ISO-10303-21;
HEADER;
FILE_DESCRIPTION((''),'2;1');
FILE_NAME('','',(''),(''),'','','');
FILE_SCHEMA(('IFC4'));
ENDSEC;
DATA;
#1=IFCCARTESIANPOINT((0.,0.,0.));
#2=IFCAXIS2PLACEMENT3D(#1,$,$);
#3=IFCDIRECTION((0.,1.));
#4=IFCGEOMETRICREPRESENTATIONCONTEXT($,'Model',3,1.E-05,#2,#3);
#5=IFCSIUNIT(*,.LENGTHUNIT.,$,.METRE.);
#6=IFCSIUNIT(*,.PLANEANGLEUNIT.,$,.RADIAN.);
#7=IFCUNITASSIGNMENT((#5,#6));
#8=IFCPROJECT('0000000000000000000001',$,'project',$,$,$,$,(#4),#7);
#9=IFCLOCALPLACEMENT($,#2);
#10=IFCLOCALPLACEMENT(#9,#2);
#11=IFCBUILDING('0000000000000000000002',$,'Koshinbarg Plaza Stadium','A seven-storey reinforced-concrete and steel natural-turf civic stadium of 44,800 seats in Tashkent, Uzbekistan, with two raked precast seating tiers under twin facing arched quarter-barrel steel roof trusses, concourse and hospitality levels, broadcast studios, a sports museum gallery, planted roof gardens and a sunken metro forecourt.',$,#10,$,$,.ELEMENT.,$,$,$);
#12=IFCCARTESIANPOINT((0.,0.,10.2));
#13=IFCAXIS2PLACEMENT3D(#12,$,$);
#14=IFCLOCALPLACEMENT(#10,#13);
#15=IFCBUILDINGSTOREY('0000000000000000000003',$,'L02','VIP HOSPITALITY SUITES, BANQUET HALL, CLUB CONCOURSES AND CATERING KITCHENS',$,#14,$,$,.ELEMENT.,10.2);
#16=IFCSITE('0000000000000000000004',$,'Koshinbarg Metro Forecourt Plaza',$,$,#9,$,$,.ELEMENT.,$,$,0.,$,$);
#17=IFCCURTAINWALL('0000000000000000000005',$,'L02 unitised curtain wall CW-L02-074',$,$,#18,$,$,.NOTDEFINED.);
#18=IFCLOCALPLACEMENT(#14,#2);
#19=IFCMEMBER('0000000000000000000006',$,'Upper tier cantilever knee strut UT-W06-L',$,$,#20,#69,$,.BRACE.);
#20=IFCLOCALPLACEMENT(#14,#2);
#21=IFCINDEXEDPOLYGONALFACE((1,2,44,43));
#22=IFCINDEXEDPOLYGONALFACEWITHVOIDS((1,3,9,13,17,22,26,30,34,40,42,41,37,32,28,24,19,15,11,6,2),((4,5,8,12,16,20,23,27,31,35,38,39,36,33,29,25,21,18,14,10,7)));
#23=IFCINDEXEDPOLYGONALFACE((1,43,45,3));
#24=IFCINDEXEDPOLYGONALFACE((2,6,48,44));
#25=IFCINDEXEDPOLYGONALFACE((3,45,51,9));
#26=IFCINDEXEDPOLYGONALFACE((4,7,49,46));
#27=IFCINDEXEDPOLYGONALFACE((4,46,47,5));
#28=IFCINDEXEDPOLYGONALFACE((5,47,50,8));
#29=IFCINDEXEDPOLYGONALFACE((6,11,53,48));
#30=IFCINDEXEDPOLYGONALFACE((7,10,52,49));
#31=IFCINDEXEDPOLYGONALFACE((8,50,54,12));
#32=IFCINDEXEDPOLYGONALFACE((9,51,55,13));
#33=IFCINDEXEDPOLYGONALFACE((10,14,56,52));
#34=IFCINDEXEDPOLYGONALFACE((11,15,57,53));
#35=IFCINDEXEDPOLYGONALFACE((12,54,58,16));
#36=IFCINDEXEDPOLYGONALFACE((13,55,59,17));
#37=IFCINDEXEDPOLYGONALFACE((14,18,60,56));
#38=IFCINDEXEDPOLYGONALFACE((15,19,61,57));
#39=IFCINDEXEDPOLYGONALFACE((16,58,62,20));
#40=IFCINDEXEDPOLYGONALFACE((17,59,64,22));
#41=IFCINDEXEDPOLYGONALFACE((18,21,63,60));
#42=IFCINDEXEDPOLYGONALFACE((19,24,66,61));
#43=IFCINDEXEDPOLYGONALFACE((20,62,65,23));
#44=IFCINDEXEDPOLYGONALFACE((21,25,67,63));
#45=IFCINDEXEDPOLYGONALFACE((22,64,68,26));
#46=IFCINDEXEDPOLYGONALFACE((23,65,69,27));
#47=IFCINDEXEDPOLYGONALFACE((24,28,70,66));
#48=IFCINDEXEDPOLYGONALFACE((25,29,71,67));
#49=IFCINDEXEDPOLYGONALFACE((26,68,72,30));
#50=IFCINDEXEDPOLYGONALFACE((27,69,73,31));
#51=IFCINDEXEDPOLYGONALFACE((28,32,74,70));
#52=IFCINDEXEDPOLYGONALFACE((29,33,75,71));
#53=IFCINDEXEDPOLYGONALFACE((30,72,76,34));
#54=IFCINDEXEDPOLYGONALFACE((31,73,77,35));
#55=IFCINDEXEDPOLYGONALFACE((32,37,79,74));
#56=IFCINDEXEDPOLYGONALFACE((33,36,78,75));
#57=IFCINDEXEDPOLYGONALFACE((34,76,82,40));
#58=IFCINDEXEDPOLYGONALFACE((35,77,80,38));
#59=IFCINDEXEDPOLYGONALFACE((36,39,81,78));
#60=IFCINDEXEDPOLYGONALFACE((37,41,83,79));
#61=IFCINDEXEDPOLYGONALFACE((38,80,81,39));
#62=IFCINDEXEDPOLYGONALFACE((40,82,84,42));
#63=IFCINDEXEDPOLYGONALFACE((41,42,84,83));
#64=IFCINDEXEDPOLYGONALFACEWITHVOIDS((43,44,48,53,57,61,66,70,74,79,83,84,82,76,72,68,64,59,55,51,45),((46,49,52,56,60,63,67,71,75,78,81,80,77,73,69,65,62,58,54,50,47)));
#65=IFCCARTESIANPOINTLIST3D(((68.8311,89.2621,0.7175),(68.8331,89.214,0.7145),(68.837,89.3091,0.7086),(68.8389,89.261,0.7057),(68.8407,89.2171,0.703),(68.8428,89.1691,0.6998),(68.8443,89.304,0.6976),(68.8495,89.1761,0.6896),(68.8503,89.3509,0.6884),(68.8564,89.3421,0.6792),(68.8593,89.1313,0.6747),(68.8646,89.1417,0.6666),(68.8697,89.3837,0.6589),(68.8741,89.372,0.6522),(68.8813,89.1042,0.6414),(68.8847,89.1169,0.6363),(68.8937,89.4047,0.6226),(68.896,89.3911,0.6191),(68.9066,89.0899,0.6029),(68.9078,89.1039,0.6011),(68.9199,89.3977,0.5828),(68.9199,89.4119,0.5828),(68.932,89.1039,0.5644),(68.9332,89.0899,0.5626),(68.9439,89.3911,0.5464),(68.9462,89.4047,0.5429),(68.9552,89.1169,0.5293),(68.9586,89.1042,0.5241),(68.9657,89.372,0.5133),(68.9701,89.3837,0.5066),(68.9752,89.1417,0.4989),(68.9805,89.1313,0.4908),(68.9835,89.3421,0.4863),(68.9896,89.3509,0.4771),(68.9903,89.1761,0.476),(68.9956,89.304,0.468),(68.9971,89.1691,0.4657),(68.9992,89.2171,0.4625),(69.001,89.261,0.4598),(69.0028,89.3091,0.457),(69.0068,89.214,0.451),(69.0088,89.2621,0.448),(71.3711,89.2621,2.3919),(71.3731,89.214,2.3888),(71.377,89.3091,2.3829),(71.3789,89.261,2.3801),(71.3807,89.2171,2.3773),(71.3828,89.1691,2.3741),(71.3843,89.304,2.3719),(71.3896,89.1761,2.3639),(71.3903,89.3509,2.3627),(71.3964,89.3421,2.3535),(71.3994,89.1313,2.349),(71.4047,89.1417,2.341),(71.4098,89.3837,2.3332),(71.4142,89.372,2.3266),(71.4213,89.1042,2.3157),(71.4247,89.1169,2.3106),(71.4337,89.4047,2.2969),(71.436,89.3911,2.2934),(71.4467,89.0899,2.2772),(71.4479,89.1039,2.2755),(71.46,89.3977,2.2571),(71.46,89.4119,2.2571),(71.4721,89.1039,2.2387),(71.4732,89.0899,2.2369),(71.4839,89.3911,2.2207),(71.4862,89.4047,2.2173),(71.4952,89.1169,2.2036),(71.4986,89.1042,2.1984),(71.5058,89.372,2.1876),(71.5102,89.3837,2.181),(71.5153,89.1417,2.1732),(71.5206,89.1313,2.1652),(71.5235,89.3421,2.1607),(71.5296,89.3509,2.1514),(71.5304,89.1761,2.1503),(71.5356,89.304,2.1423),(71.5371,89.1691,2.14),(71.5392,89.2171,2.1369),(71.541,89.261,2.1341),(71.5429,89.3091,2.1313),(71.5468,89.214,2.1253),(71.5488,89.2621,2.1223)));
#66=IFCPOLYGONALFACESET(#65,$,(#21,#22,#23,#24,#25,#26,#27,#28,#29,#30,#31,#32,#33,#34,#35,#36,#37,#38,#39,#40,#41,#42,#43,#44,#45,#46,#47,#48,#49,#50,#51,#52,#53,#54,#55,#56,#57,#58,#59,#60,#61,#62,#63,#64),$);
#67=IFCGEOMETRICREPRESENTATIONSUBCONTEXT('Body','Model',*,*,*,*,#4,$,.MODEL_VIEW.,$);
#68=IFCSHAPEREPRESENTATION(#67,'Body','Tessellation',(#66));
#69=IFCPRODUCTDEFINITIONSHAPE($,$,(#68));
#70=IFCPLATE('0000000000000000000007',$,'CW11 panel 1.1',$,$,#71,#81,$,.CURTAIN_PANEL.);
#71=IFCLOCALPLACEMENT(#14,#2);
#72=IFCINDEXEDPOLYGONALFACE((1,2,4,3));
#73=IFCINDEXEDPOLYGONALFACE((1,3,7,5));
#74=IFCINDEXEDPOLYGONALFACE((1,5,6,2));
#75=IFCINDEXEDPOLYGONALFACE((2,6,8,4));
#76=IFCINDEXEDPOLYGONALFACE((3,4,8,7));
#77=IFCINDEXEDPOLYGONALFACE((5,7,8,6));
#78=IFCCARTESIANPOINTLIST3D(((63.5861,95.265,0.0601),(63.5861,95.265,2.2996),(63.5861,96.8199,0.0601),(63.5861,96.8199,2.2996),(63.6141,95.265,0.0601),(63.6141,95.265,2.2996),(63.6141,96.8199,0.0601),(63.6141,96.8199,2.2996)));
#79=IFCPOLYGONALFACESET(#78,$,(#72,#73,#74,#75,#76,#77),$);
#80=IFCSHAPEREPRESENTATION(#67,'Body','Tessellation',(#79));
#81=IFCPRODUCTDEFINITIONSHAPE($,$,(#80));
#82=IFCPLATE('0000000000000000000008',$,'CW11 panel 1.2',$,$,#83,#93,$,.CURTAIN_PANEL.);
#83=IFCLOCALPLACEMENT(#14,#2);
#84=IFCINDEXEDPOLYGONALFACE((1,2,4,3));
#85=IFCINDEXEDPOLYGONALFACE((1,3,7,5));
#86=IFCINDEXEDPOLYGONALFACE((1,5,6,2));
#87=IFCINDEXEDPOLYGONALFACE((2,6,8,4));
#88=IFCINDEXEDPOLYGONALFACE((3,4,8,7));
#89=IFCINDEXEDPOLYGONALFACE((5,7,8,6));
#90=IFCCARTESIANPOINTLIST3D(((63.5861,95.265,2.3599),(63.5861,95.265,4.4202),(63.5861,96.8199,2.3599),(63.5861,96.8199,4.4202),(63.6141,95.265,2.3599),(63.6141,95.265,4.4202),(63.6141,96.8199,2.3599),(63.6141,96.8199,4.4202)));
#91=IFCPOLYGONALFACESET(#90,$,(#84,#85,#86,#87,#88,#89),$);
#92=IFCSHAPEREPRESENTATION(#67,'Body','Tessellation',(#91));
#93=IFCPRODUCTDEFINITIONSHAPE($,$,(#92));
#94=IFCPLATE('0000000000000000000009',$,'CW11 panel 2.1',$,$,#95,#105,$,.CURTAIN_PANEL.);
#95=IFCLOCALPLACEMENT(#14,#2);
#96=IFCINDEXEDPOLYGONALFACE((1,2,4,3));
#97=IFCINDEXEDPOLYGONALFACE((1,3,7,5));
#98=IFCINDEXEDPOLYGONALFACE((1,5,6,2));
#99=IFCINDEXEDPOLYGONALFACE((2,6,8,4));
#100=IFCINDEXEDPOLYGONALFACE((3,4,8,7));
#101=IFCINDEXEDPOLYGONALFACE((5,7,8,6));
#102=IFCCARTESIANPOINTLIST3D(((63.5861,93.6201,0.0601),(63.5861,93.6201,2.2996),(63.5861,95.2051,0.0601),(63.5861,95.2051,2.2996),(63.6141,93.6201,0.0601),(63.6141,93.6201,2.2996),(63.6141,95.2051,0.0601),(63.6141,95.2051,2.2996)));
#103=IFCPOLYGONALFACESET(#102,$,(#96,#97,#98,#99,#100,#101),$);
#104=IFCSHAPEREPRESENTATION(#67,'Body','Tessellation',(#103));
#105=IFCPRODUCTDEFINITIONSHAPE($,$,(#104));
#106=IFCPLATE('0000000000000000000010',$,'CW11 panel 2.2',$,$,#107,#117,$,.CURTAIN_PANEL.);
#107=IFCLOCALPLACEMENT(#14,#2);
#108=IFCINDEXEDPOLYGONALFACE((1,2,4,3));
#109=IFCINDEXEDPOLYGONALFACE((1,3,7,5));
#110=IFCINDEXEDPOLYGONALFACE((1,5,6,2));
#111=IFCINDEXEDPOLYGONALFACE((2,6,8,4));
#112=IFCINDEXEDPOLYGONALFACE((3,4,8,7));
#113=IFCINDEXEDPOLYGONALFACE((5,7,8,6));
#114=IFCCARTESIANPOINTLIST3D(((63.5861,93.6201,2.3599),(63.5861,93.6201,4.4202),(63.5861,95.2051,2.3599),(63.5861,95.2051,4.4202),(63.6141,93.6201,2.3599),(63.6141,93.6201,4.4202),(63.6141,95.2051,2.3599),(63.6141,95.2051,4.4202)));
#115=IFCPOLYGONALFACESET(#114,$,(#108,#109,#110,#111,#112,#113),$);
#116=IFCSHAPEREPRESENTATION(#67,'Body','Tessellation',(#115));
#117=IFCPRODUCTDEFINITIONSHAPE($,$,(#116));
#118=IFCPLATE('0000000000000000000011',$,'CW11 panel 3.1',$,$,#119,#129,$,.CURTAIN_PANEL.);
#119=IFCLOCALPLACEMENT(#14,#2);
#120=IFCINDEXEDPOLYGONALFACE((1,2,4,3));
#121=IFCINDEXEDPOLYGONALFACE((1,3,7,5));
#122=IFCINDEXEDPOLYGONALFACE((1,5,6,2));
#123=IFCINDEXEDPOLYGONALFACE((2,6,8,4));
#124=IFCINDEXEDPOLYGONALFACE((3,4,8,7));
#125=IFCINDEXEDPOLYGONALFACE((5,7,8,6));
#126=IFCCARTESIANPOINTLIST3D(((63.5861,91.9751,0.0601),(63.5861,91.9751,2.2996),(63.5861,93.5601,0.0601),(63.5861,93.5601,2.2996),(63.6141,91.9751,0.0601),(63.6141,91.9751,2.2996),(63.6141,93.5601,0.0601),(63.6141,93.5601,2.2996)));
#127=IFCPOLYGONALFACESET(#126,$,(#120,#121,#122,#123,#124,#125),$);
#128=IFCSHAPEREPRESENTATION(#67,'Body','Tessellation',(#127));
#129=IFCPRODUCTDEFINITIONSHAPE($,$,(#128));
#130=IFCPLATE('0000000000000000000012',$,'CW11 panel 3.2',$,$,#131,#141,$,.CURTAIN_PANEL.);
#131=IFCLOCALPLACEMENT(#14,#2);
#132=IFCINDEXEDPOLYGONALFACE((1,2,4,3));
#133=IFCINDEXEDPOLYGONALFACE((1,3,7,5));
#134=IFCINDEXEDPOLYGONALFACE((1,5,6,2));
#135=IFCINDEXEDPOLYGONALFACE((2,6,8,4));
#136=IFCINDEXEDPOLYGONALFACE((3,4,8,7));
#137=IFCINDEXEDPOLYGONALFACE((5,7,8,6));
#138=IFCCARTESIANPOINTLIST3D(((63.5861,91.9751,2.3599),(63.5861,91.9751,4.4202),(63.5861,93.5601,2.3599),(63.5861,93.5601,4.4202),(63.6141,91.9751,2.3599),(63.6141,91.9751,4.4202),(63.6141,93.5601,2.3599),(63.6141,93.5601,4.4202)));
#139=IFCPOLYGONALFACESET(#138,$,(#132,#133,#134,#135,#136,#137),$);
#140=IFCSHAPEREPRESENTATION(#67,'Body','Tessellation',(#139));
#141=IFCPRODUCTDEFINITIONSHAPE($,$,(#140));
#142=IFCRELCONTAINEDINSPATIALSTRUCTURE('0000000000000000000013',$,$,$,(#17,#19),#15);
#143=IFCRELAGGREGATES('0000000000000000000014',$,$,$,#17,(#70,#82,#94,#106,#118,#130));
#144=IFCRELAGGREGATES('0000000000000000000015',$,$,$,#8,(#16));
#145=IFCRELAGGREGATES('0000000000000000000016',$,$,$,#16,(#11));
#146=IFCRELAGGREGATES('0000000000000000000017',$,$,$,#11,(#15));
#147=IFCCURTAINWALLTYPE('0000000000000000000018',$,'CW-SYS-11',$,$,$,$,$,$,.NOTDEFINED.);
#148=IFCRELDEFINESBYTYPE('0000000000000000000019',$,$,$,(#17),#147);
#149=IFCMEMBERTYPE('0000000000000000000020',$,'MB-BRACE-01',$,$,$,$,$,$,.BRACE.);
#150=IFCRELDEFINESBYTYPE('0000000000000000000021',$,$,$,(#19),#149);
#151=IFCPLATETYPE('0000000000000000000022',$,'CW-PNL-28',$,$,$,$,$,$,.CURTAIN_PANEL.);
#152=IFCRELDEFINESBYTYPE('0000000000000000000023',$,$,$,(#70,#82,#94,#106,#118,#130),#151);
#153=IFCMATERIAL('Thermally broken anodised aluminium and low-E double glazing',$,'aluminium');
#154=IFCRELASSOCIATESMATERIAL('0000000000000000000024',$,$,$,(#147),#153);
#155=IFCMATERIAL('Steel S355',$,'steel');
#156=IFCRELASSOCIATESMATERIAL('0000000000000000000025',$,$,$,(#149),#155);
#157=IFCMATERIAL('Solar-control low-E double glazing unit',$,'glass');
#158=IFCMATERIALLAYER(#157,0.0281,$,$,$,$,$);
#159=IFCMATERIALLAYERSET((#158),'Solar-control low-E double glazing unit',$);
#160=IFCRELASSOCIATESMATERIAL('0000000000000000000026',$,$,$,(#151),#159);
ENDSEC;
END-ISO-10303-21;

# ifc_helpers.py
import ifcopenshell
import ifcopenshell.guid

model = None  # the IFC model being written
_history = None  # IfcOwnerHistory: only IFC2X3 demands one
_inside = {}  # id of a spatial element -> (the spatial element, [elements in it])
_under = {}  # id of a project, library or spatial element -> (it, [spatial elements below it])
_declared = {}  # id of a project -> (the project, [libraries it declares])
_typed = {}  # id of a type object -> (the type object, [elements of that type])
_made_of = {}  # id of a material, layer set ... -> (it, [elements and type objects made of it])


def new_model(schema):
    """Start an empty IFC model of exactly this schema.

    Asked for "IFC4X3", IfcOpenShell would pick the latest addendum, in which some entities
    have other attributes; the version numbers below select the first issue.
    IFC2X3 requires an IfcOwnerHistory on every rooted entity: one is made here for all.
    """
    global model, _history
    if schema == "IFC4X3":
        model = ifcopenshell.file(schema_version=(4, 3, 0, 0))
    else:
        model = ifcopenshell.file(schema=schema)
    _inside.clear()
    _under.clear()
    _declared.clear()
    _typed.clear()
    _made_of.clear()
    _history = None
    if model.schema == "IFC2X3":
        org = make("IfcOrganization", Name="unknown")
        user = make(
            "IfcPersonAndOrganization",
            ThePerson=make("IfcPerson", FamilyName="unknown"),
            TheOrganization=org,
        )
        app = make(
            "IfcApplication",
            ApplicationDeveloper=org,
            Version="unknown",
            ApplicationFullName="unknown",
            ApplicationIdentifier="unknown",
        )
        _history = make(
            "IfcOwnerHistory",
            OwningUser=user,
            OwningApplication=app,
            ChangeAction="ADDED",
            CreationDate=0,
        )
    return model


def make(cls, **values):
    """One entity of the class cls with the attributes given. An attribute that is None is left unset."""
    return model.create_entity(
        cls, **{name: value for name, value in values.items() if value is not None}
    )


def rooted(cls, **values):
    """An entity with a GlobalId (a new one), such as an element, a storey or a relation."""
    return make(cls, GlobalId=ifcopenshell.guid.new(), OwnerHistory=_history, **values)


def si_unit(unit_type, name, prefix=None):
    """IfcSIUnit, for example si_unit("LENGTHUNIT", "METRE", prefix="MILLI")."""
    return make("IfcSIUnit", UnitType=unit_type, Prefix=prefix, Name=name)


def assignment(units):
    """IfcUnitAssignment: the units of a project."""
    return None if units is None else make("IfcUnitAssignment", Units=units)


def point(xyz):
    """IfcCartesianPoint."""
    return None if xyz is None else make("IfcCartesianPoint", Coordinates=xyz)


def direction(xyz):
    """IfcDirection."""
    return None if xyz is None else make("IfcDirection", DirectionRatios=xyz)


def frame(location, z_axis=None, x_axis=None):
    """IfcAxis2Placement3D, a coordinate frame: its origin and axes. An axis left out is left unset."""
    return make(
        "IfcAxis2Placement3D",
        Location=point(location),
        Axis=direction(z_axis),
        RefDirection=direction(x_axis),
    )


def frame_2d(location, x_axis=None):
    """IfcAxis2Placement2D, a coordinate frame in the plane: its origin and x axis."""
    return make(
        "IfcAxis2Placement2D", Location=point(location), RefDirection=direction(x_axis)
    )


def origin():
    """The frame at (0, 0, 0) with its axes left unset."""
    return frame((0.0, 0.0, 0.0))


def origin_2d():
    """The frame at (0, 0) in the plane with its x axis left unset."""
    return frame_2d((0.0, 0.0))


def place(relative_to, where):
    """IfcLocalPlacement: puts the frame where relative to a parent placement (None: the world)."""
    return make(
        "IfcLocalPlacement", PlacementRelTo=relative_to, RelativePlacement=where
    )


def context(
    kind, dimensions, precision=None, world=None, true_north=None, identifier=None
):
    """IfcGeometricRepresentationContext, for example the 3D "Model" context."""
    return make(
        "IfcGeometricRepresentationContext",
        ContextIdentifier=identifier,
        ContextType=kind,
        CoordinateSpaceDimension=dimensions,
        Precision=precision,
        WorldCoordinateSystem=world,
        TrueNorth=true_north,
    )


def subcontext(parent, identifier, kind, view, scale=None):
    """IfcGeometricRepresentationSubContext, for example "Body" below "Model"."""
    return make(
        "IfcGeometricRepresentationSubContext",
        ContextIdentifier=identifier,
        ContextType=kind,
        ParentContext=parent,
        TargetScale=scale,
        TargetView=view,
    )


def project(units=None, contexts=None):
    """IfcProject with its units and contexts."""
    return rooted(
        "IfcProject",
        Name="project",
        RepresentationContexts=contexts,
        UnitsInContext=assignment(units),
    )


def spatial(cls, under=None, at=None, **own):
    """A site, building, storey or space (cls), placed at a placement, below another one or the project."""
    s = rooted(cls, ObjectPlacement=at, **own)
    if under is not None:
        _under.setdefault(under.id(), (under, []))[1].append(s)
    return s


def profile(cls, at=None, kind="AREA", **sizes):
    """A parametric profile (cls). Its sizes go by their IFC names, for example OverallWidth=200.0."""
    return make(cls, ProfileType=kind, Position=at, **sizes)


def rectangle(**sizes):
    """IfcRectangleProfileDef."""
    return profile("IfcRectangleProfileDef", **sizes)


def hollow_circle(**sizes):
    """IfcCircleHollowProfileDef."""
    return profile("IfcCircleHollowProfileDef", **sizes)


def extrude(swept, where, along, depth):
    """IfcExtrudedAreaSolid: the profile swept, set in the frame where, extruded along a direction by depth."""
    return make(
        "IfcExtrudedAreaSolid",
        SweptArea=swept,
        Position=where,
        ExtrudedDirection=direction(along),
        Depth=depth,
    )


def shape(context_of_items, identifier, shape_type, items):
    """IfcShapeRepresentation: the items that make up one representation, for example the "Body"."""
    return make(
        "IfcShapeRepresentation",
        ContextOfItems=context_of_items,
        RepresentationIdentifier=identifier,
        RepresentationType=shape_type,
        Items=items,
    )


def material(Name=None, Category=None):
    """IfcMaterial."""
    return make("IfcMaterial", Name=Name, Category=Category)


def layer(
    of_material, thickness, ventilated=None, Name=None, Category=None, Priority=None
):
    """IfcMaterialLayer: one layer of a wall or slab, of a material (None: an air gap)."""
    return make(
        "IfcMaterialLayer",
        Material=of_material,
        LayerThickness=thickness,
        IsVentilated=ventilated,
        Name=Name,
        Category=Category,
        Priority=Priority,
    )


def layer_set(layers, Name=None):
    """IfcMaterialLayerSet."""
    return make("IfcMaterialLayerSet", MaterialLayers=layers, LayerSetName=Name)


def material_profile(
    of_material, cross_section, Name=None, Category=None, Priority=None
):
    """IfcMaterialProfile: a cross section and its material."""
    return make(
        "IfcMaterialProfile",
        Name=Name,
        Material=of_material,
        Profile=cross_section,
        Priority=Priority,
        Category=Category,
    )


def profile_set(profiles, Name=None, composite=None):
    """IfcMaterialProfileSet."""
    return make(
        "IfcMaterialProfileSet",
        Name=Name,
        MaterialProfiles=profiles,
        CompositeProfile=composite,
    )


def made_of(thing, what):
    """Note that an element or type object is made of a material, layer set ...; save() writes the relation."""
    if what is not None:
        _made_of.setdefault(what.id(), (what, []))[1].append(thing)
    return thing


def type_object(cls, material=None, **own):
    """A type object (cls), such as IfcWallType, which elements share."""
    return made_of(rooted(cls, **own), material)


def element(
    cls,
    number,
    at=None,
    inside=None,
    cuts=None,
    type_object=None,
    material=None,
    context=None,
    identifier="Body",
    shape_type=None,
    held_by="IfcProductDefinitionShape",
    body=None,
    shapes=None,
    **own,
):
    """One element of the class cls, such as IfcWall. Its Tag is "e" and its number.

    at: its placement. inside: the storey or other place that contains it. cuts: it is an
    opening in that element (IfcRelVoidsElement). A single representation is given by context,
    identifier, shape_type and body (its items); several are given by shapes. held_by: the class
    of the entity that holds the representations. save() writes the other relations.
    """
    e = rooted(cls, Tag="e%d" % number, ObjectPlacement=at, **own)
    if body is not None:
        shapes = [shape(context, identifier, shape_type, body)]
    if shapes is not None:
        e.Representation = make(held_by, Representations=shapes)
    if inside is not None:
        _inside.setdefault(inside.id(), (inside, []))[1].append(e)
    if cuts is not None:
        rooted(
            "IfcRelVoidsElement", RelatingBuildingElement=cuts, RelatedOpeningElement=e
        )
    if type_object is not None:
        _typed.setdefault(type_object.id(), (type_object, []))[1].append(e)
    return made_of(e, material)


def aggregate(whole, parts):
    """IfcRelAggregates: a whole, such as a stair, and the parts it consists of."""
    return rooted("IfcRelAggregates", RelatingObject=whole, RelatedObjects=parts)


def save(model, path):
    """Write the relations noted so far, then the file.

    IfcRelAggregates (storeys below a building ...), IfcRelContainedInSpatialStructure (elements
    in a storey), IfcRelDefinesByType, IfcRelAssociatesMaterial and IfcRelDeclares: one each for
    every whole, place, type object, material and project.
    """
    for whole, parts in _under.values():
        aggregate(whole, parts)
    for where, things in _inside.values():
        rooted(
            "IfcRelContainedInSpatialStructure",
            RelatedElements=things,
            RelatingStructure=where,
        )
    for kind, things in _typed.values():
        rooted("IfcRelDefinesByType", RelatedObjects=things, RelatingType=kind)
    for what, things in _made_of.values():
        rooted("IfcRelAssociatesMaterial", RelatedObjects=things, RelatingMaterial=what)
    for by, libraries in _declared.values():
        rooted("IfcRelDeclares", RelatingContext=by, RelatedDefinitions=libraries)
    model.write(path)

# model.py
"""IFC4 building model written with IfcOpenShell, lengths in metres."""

from ifc_helpers import new_model, si_unit, direction, frame, origin, origin_2d, place, context, subcontext, project, spatial, rectangle, hollow_circle, extrude, material, layer, layer_set, material_profile, profile_set, type_object, element, aggregate, save


model = new_model("IFC4")

# Units and contexts
model_context = context("Model", 3, precision=1e-05, world=origin(), true_north=direction((0.0, 1.0)))
body_context = subcontext(model_context, "Body", "Model", "MODEL_VIEW")
ifc_project = project(units=[si_unit("LENGTHUNIT", "METRE"), si_unit("PLANEANGLEUNIT", "RADIAN")], contexts=[model_context])

# Site, building, storey
site_placement = place(None, origin())
site = spatial("IfcSite", under=ifc_project, at=site_placement, Name="Koshinbarg Metro Forecourt Plaza", CompositionType="ELEMENT", RefElevation=0.0)
building_placement = place(site_placement, origin())
building = spatial("IfcBuilding", under=site, at=building_placement, Name="Koshinbarg Plaza Stadium", Description="A seven-storey reinforced-concrete and steel natural-turf civic stadium of 44,800 seats in Tashkent, Uzbekistan, with two raked precast seating tiers under twin facing arched quarter-barrel steel roof trusses, concourse and hospitality levels, broadcast studios, a sports museum gallery, planted roof gardens and a sunken metro forecourt.", CompositionType="ELEMENT")
storey_placement = place(building_placement, frame((0.0, 0.0, 10.2)))
storey = spatial("IfcBuildingStorey", under=building, at=storey_placement, Name="L02", Description="VIP HOSPITALITY SUITES, BANQUET HALL, CLUB CONCOURSES AND CATERING KITCHENS", CompositionType="ELEMENT", Elevation=10.2)

# Curtain wall
ifc_material_1 = material(Name="Thermally broken anodised aluminium and low-E double glazing", Category="aluminium")
curtain_wall_type = type_object("IfcCurtainWallType", Name="CW-SYS-11", PredefinedType="NOTDEFINED", material=ifc_material_1)
curtain_wall_placement = place(storey_placement, origin())
curtain_wall = element("IfcCurtainWall", 1, at=curtain_wall_placement, inside=storey, type_object=curtain_wall_type, Name="L02 unitised curtain wall CW-L02-074", PredefinedType="NOTDEFINED")

# Member
ifc_material_2 = material(Name="Steel S355", Category="steel")
ifc_material_profile_1 = material_profile(ifc_material_2, hollow_circle(Radius=0.1619, WallThickness=0.0142, at=origin_2d()), Name="CHS 323.9x14.2")
ifc_profile_set_1 = profile_set([ifc_material_profile_1], Name="Steel S355")
member_type_1 = type_object("IfcMemberType", Name="MB-BRACE-01", PredefinedType="BRACE", material=ifc_profile_set_1)
member_1_placement = place(storey_placement, frame((68.9199, 89.25, 0.5828), z_axis=(0.834928, 0.0, 0.550359), x_axis=(0.0, 1.0, 0.0)))
element("IfcMember", 2, at=member_1_placement, inside=storey, type_object=member_type_1, Name="Upper tier cantilever knee strut UT-W06-L", PredefinedType="BRACE", context=body_context, shape_type="SweptSolid", body=[
    extrude(hollow_circle(Radius=0.1619, WallThickness=0.0142, at=origin_2d()), origin(), (0.0, 0.0, 1.0), 3.0422),
])

# Plates
ifc_material_3 = material(Name="Solar-control low-E double glazing unit", Category="glass")
ifc_layer = layer(ifc_material_3, 0.0281)
ifc_layer_set = layer_set([ifc_layer], Name="Solar-control low-E double glazing unit")
plate_type = type_object("IfcPlateType", Name="CW-PNL-28", PredefinedType="CURTAIN_PANEL", material=ifc_layer_set)
plate_1_placement = place(storey_placement, frame((63.6001, 96.0425, 0.0601), z_axis=(0.0, 0.0, 1.0), x_axis=(0.0, -1.0, 0.0)))
plate_1 = element("IfcPlate", 3, at=plate_1_placement, type_object=plate_type, Name="CW11 panel 1.1", PredefinedType="CURTAIN_PANEL", context=body_context, shape_type="SweptSolid", body=[
    extrude(rectangle(XDim=1.5549, YDim=0.0281, at=origin_2d()), origin(), (0.0, 0.0, 1.0), 2.2395),
])
plate_2_placement = place(storey_placement, frame((63.6001, 96.0425, 2.3599), z_axis=(0.0, 0.0, 1.0), x_axis=(0.0, -1.0, 0.0)))
plate_2 = element("IfcPlate", 4, at=plate_2_placement, type_object=plate_type, Name="CW11 panel 1.2", PredefinedType="CURTAIN_PANEL", context=body_context, shape_type="SweptSolid", body=[
    extrude(rectangle(XDim=1.5549, YDim=0.0281, at=origin_2d()), origin(), (0.0, 0.0, 1.0), 2.0603),
])
plate_3_placement = place(storey_placement, frame((63.6001, 94.4126, 0.0601), z_axis=(0.0, 0.0, 1.0), x_axis=(0.0, -1.0, 0.0)))
plate_3 = element("IfcPlate", 5, at=plate_3_placement, type_object=plate_type, Name="CW11 panel 2.1", PredefinedType="CURTAIN_PANEL", context=body_context, shape_type="SweptSolid", body=[
    extrude(rectangle(XDim=1.585, YDim=0.0281, at=origin_2d()), origin(), (0.0, 0.0, 1.0), 2.2395),
])
plate_4_placement = place(storey_placement, frame((63.6001, 94.4126, 2.3599), z_axis=(0.0, 0.0, 1.0), x_axis=(0.0, -1.0, 0.0)))
plate_4 = element("IfcPlate", 6, at=plate_4_placement, type_object=plate_type, Name="CW11 panel 2.2", PredefinedType="CURTAIN_PANEL", context=body_context, shape_type="SweptSolid", body=[
    extrude(rectangle(XDim=1.585, YDim=0.0281, at=origin_2d()), origin(), (0.0, 0.0, 1.0), 2.0603),
])
plate_5_placement = place(storey_placement, frame((63.6001, 92.7676, 0.0601), z_axis=(0.0, 0.0, 1.0), x_axis=(0.0, -1.0, 0.0)))
plate_5 = element("IfcPlate", 7, at=plate_5_placement, type_object=plate_type, Name="CW11 panel 3.1", PredefinedType="CURTAIN_PANEL", context=body_context, shape_type="SweptSolid", body=[
    extrude(rectangle(XDim=1.585, YDim=0.0281, at=origin_2d()), origin(), (0.0, 0.0, 1.0), 2.2395),
])
plate_6_placement = place(storey_placement, frame((63.6001, 92.7676, 2.3599), z_axis=(0.0, 0.0, 1.0), x_axis=(0.0, -1.0, 0.0)))
plate_6 = element("IfcPlate", 8, at=plate_6_placement, type_object=plate_type, Name="CW11 panel 3.2", PredefinedType="CURTAIN_PANEL", context=body_context, shape_type="SweptSolid", body=[
    extrude(rectangle(XDim=1.585, YDim=0.0281, at=origin_2d()), origin(), (0.0, 0.0, 1.0), 2.0603),
])
aggregate(curtain_wall, [plate_1, plate_2, plate_3, plate_4, plate_5, plate_6])

save(model, "model.ifc")
